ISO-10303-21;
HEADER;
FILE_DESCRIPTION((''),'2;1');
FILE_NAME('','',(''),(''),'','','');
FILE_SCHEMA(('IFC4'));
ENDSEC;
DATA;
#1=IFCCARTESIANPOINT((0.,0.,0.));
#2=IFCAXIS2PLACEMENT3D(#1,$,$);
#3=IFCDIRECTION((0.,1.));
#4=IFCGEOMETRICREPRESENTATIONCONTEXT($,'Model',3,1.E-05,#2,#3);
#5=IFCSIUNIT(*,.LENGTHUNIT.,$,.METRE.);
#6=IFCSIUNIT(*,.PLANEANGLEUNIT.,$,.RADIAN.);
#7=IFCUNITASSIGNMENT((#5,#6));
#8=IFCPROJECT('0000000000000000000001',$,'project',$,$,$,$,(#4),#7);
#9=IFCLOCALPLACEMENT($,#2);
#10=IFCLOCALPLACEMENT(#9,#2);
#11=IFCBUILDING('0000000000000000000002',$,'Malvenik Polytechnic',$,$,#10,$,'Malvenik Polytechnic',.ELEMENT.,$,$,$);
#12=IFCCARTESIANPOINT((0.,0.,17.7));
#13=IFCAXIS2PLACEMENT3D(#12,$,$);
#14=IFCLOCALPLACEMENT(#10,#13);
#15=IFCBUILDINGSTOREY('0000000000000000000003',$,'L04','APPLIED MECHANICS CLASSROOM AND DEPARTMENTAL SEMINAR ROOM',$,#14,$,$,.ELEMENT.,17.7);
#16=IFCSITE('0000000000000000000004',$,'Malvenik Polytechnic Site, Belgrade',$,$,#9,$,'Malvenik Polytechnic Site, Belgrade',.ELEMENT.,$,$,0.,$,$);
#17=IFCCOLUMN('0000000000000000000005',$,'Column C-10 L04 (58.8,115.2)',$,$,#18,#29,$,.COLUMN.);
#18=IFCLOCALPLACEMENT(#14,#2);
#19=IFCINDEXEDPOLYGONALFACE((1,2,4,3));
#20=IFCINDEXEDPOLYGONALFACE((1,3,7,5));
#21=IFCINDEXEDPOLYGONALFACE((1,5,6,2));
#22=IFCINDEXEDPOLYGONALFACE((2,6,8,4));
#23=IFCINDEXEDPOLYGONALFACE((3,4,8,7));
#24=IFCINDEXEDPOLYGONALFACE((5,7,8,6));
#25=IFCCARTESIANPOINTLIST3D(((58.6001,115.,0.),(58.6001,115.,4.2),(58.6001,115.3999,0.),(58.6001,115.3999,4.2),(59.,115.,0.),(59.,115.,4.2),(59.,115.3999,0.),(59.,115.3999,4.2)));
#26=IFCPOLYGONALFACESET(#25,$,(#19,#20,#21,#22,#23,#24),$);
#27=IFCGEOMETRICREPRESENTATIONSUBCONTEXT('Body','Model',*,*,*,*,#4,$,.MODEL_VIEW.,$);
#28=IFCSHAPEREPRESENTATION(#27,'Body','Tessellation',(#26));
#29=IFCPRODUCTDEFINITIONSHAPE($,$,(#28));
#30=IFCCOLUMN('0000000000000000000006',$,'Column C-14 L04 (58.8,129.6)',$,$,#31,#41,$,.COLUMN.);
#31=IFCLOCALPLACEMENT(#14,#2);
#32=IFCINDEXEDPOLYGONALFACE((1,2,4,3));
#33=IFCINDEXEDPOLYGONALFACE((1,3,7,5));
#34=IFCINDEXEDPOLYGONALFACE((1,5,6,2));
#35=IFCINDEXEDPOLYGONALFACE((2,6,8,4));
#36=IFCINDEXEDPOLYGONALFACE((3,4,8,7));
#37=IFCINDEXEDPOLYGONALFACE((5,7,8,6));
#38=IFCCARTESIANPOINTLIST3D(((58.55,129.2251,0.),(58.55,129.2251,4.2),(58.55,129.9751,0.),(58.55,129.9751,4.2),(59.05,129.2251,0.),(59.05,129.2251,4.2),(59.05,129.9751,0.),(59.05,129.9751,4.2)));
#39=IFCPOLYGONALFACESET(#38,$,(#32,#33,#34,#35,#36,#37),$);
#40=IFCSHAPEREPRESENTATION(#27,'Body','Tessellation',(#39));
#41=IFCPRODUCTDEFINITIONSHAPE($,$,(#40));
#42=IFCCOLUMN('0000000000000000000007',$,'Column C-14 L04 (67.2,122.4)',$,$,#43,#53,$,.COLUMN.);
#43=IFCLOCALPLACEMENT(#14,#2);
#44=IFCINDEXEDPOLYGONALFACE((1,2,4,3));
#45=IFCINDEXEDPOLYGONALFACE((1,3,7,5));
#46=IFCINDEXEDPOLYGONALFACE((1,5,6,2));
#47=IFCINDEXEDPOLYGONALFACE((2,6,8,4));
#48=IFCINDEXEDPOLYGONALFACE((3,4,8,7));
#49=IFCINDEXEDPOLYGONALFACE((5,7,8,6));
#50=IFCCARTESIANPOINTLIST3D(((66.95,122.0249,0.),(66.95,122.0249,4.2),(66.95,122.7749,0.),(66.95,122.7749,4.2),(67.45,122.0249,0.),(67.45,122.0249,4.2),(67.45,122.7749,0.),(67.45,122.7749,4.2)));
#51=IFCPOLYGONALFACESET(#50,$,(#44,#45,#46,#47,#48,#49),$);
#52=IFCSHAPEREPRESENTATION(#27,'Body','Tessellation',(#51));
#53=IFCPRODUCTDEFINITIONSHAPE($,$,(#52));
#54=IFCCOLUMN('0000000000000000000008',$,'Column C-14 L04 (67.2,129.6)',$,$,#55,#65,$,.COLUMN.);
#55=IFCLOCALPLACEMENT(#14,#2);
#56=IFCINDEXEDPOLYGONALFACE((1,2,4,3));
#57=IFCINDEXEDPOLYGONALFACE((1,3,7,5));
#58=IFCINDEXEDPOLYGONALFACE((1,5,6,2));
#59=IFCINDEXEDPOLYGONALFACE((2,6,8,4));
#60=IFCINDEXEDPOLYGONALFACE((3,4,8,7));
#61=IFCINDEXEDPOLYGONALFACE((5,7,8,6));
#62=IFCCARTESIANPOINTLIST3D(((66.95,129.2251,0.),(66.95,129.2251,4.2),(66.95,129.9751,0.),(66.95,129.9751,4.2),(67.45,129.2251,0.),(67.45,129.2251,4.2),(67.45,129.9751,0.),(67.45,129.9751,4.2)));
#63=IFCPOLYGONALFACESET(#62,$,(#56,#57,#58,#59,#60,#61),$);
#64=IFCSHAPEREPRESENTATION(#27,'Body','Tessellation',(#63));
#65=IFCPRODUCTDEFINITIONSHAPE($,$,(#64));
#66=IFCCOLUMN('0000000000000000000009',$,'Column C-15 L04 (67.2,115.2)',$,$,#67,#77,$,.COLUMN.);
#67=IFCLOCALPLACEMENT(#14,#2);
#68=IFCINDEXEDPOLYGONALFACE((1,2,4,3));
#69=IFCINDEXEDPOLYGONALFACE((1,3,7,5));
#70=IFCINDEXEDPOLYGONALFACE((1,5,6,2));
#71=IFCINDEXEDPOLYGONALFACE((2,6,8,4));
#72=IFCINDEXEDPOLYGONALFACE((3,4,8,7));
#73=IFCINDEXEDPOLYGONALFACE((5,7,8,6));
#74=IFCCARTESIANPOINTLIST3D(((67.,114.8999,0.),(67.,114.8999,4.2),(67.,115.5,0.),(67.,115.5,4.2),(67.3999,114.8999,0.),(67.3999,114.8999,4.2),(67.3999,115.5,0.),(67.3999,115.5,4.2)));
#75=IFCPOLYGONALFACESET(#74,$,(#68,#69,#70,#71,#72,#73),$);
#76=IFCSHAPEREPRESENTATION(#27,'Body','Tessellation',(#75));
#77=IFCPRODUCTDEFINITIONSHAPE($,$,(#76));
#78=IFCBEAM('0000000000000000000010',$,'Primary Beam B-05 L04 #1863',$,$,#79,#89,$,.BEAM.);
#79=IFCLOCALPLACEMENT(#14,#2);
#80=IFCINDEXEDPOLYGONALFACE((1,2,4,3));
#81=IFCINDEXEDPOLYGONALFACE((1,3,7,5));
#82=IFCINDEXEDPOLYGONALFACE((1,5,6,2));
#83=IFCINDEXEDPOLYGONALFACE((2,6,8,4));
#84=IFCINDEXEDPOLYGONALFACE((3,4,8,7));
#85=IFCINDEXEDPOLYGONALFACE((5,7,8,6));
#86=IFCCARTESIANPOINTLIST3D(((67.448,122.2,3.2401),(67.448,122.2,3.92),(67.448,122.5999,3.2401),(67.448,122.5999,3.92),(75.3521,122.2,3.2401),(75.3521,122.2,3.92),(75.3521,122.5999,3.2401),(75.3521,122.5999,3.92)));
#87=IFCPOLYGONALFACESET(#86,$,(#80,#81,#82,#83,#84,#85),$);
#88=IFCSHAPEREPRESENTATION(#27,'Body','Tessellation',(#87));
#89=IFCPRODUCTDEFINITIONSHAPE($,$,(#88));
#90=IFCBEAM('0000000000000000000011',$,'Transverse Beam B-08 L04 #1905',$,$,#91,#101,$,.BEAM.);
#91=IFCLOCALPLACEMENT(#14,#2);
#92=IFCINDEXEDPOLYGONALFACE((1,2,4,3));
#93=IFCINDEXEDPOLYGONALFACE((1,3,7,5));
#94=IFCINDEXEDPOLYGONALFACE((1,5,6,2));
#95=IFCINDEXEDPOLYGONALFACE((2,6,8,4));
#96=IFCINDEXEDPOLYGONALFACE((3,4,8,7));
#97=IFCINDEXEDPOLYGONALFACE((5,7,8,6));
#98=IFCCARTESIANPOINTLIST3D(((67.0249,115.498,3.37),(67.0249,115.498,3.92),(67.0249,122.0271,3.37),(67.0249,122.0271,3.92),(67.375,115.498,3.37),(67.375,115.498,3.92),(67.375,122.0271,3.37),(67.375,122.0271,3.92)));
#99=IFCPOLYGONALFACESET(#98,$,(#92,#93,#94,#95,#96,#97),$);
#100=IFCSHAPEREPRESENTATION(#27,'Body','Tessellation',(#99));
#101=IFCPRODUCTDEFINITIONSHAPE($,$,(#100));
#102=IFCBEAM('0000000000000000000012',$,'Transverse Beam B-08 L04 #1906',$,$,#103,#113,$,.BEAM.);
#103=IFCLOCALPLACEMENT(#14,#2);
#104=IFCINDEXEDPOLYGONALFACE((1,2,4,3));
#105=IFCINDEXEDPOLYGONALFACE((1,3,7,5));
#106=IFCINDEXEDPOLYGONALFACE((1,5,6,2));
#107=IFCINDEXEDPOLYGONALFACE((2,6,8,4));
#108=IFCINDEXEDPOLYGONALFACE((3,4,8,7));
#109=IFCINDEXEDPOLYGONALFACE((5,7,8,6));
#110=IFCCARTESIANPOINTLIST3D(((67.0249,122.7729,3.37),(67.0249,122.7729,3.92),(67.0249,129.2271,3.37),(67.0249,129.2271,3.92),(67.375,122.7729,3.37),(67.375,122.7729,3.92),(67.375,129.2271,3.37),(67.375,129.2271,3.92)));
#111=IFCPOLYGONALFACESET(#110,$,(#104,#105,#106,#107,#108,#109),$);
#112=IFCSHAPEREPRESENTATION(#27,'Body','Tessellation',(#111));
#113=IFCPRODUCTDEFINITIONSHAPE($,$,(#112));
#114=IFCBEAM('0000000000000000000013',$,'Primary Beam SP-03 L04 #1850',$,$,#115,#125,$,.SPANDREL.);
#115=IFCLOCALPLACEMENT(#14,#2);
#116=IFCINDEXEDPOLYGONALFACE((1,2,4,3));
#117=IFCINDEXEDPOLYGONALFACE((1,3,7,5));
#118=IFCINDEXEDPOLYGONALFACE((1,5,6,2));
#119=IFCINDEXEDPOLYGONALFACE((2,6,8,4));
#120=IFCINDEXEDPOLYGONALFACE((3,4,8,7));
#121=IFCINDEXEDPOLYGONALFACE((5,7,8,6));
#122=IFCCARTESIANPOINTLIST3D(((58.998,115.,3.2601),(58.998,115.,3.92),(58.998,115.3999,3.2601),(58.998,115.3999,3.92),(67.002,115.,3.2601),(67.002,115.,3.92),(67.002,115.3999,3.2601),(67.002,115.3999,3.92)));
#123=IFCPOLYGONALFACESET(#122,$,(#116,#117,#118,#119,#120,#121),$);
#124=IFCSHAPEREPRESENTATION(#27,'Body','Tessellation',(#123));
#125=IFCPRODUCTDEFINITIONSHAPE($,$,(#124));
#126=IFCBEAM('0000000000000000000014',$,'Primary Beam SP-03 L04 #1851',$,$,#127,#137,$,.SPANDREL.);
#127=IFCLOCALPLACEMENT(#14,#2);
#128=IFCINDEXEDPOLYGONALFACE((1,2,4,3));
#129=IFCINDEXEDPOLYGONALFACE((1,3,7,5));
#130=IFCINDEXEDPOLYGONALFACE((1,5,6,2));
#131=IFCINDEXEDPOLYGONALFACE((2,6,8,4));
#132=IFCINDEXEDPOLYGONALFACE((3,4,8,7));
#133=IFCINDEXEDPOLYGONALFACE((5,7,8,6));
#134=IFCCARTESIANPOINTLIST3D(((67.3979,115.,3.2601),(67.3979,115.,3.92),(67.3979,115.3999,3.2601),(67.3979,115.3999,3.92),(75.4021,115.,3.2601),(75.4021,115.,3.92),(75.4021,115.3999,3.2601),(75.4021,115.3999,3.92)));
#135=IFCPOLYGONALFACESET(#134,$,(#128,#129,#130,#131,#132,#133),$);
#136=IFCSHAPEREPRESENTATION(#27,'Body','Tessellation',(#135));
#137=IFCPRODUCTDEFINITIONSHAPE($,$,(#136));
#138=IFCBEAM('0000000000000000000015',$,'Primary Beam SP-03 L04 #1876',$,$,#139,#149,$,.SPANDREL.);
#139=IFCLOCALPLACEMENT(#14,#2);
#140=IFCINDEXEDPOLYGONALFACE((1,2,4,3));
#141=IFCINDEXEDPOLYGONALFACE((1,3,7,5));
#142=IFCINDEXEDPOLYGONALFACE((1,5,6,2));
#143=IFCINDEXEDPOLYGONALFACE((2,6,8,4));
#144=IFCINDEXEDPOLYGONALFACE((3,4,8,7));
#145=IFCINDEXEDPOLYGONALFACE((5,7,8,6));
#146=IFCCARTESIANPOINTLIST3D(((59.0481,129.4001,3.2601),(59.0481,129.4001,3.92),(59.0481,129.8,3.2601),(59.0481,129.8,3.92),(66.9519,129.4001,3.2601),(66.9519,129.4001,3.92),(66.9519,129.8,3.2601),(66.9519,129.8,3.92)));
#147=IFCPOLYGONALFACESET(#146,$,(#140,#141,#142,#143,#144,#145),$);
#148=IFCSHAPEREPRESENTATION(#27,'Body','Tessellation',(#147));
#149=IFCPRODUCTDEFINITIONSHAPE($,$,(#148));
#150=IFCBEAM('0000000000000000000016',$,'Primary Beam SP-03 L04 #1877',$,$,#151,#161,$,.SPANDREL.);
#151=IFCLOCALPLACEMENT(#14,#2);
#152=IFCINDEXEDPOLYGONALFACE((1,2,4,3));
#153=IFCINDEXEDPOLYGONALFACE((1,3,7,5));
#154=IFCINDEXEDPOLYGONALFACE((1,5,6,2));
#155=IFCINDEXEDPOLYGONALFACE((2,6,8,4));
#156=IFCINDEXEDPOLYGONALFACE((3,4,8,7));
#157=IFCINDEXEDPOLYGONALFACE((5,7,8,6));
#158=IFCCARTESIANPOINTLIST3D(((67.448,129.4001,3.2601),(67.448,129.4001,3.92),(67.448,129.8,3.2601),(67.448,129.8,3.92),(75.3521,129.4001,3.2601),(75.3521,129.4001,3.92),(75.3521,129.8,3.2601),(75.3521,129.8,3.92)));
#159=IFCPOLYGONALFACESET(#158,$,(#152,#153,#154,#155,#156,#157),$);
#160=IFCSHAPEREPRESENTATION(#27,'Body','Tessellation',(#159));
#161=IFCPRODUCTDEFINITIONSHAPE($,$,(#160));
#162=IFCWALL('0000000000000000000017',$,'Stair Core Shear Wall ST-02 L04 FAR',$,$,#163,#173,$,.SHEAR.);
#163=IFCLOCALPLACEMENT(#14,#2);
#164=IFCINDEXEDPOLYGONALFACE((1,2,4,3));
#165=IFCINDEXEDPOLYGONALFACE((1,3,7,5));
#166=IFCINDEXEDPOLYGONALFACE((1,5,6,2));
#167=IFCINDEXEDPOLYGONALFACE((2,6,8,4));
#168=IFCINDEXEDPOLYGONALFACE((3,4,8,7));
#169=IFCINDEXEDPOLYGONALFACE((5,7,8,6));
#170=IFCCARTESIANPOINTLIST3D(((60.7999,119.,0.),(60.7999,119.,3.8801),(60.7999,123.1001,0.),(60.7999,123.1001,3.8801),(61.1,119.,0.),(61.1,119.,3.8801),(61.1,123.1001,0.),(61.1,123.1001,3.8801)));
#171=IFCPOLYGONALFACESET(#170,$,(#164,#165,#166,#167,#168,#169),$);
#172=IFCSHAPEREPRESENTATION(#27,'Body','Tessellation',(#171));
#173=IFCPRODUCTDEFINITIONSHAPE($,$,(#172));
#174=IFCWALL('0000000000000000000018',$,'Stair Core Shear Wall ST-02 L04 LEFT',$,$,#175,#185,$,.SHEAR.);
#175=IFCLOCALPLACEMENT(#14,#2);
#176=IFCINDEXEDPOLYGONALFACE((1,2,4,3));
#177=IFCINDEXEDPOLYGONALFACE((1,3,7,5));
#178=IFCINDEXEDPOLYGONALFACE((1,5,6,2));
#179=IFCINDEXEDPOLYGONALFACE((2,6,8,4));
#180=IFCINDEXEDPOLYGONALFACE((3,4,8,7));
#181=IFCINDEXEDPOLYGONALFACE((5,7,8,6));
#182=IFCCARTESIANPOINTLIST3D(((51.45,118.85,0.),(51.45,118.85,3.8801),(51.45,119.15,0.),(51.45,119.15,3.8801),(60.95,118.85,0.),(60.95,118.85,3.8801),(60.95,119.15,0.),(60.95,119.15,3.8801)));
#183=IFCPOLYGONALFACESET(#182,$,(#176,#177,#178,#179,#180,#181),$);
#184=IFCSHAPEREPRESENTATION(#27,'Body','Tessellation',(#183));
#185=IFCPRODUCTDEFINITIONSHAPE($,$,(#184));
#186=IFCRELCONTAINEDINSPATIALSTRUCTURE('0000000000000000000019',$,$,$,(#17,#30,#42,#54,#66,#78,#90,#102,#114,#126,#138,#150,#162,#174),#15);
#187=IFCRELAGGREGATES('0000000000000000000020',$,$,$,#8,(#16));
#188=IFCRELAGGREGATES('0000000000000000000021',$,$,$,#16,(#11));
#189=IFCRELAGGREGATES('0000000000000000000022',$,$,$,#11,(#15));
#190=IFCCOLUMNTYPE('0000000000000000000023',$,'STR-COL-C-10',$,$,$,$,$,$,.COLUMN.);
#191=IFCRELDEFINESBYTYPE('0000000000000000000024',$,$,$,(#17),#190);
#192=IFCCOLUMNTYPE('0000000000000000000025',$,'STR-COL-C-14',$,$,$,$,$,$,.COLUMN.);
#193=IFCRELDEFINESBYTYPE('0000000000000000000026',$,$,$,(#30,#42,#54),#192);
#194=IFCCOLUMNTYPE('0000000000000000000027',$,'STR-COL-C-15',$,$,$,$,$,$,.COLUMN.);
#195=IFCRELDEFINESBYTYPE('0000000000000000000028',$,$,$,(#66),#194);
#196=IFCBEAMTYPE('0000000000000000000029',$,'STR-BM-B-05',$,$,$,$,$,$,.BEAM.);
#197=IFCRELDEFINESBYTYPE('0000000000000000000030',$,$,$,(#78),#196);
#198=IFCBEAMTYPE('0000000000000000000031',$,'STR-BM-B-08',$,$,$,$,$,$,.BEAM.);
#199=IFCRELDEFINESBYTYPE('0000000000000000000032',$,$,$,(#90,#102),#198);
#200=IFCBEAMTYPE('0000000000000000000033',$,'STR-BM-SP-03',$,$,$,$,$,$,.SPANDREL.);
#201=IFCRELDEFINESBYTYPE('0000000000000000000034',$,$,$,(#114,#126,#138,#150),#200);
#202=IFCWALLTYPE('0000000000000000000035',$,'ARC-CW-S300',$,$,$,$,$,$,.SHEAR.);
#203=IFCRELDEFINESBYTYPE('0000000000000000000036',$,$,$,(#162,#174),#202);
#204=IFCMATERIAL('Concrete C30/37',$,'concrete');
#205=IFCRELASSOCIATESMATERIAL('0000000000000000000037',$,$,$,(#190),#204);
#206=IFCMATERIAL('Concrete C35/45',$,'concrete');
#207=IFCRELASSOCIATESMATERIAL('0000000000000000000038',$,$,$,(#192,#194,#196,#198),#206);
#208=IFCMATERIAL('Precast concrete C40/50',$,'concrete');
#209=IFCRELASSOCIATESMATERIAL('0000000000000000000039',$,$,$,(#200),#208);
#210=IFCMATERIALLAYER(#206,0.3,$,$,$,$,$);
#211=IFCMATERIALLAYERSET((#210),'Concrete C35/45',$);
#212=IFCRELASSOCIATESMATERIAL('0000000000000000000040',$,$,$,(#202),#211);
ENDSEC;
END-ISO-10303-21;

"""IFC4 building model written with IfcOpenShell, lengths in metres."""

from ifc_helpers import new_model, si_unit, direction, frame, frame_2d, origin, origin_2d, place, context, subcontext, project, spatial, rectangle, extrude, material, layer, layer_set, material_profile, profile_set, type_object, element, save


model = new_model("IFC4")

# Units and contexts
model_context = context("Model", 3, precision=1e-05, world=origin(), true_north=direction((0.0, 1.0)))
body_context = subcontext(model_context, "Body", "Model", "MODEL_VIEW")
ifc_project = project(units=[si_unit("LENGTHUNIT", "METRE"), si_unit("PLANEANGLEUNIT", "RADIAN")], contexts=[model_context])

# Site, building, storey
site_placement = place(None, origin())
site = spatial("IfcSite", under=ifc_project, at=site_placement, Name="Malvenik Polytechnic Site, Belgrade", LongName="Malvenik Polytechnic Site, Belgrade", CompositionType="ELEMENT", RefElevation=0.0)
building_placement = place(site_placement, origin())
building = spatial("IfcBuilding", under=site, at=building_placement, Name="Malvenik Polytechnic", LongName="Malvenik Polytechnic", CompositionType="ELEMENT")
storey_placement = place(building_placement, frame((0.0, 0.0, 17.7)))
storey = spatial("IfcBuildingStorey", under=building, at=storey_placement, Name="L04", Description="APPLIED MECHANICS CLASSROOM AND DEPARTMENTAL SEMINAR ROOM", CompositionType="ELEMENT", Elevation=17.7)

# Columns
ifc_material_1 = material(Name="Concrete C30/37", Category="concrete")
ifc_material_profile_1 = material_profile(ifc_material_1, rectangle(XDim=0.3999, YDim=0.3999, at=origin_2d()), Name="RC COL 400x400")
ifc_profile_set_1 = profile_set([ifc_material_profile_1], Name="Concrete C30/37")
column_type_1 = type_object("IfcColumnType", Name="STR-COL-C-10", PredefinedType="COLUMN", material=ifc_profile_set_1)
column_1_placement = place(storey_placement, frame((58.8, 115.2, 0.0), z_axis=(0.0, 0.0, 1.0), x_axis=(1.0, 0.0, 0.0)))
element("IfcColumn", 1, at=column_1_placement, inside=storey, type_object=column_type_1, Name="Column C-10 L04 (58.8,115.2)", PredefinedType="COLUMN", context=body_context, shape_type="SweptSolid", body=[
    extrude(rectangle(XDim=0.3999, YDim=0.3999, at=origin_2d()), origin(), (0.0, 0.0, 1.0), 4.2),
])
ifc_material_2 = material(Name="Concrete C35/45", Category="concrete")
ifc_material_profile_2 = material_profile(ifc_material_2, rectangle(XDim=0.5, YDim=0.75, at=origin_2d()), Name="RC COL 750x500")
ifc_profile_set_2 = profile_set([ifc_material_profile_2], Name="Concrete C35/45")
column_type_2 = type_object("IfcColumnType", Name="STR-COL-C-14", PredefinedType="COLUMN", material=ifc_profile_set_2)
for number, where, z_axis, x_axis, name in (
    (2, (58.8, 129.6001, 0.0), (0.0, 0.0, 1.0), (1.0, 0.0, 0.0), "Column C-14 L04 (58.8,129.6)"),
    (3, (67.2, 122.3999, 0.0), (0.0, 0.0, 1.0), (1.0, 0.0, 0.0), "Column C-14 L04 (67.2,122.4)"),
    (4, (67.2, 129.6001, 0.0), (0.0, 0.0, 1.0), (1.0, 0.0, 0.0), "Column C-14 L04 (67.2,129.6)"),
):
    element("IfcColumn", number, at=place(storey_placement, frame(where, z_axis=z_axis, x_axis=x_axis)), inside=storey, type_object=column_type_2, Name=name, PredefinedType="COLUMN", context=body_context, shape_type="SweptSolid", body=[
        extrude(rectangle(XDim=0.5, YDim=0.75, at=origin_2d()), origin(), (0.0, 0.0, 1.0), 4.2),
    ])
ifc_material_profile_3 = material_profile(ifc_material_2, rectangle(XDim=0.3999, YDim=0.6001, at=origin_2d()), Name="RC COL 600x400")
ifc_profile_set_3 = profile_set([ifc_material_profile_3], Name="Concrete C35/45")
column_type_3 = type_object("IfcColumnType", Name="STR-COL-C-15", PredefinedType="COLUMN", material=ifc_profile_set_3)
column_2_placement = place(storey_placement, frame((67.2, 115.2, 0.0), z_axis=(0.0, 0.0, 1.0), x_axis=(1.0, 0.0, 0.0)))
element("IfcColumn", 5, at=column_2_placement, inside=storey, type_object=column_type_3, Name="Column C-15 L04 (67.2,115.2)", PredefinedType="COLUMN", context=body_context, shape_type="SweptSolid", body=[
    extrude(rectangle(XDim=0.3999, YDim=0.6001, at=origin_2d()), origin(), (0.0, 0.0, 1.0), 4.2),
])

# Beams
ifc_material_profile_4 = material_profile(ifc_material_2, rectangle(XDim=0.3999, YDim=0.6799, at=origin_2d()), Name="RC BM 400x680")
ifc_profile_set_4 = profile_set([ifc_material_profile_4], Name="Concrete C35/45")
beam_type_1 = type_object("IfcBeamType", Name="STR-BM-B-05", PredefinedType="BEAM", material=ifc_profile_set_4)
beam_1_placement = place(storey_placement, frame((67.448, 122.3999, 3.5801), z_axis=(1.0, 0.0, 0.0), x_axis=(0.0, 1.0, 0.0)))
element("IfcBeam", 6, at=beam_1_placement, inside=storey, type_object=beam_type_1, Name="Primary Beam B-05 L04 #1863", PredefinedType="BEAM", context=body_context, shape_type="SweptSolid", body=[
    extrude(rectangle(XDim=0.3999, YDim=0.6799, at=origin_2d()), origin(), (0.0, 0.0, 1.0), 7.9041),
])
ifc_material_profile_5 = material_profile(ifc_material_2, rectangle(XDim=0.3501, YDim=0.55, at=origin_2d()), Name="RC BM 350x550")
ifc_profile_set_5 = profile_set([ifc_material_profile_5], Name="Concrete C35/45")
beam_type_2 = type_object("IfcBeamType", Name="STR-BM-B-08", PredefinedType="BEAM", material=ifc_profile_set_5)
beam_2_placement = place(storey_placement, frame((67.2, 115.498, 3.645), z_axis=(0.0, 1.0, 0.0), x_axis=(-1.0, 0.0, 0.0)))
element("IfcBeam", 7, at=beam_2_placement, inside=storey, type_object=beam_type_2, Name="Transverse Beam B-08 L04 #1905", PredefinedType="BEAM", context=body_context, shape_type="SweptSolid", body=[
    extrude(rectangle(XDim=0.3501, YDim=0.55, at=origin_2d()), origin(), (0.0, 0.0, 1.0), 6.5291),
])
beam_3_placement = place(storey_placement, frame((67.2, 122.7729, 3.645), z_axis=(0.0, 1.0, 0.0), x_axis=(-1.0, 0.0, 0.0)))
element("IfcBeam", 8, at=beam_3_placement, inside=storey, type_object=beam_type_2, Name="Transverse Beam B-08 L04 #1906", PredefinedType="BEAM", context=body_context, shape_type="SweptSolid", body=[
    extrude(rectangle(XDim=0.3501, YDim=0.55, at=origin_2d()), origin(), (0.0, 0.0, 1.0), 6.4541),
])
ifc_material_3 = material(Name="Precast concrete C40/50", Category="concrete")
ifc_material_profile_6 = material_profile(ifc_material_3, rectangle(XDim=0.3999, YDim=0.6599, at=origin_2d()), Name="PC SPN 400x660")
ifc_profile_set_6 = profile_set([ifc_material_profile_6], Name="Precast concrete C40/50")
beam_type_3 = type_object("IfcBeamType", Name="STR-BM-SP-03", PredefinedType="SPANDREL", material=ifc_profile_set_6)
beam_4_placement = place(storey_placement, frame((58.998, 115.2, 3.5901), z_axis=(1.0, 0.0, 0.0), x_axis=(0.0, 1.0, 0.0)))
element("IfcBeam", 9, at=beam_4_placement, inside=storey, type_object=beam_type_3, Name="Primary Beam SP-03 L04 #1850", PredefinedType="SPANDREL", context=body_context, shape_type="SweptSolid", body=[
    extrude(rectangle(XDim=0.3999, YDim=0.6599, at=origin_2d()), origin(), (0.0, 0.0, 1.0), 8.0039),
])
beam_5_placement = place(storey_placement, frame((67.3979, 115.2, 3.5901), z_axis=(1.0, 0.0, 0.0), x_axis=(0.0, 1.0, 0.0)))
element("IfcBeam", 10, at=beam_5_placement, inside=storey, type_object=beam_type_3, Name="Primary Beam SP-03 L04 #1851", PredefinedType="SPANDREL", context=body_context, shape_type="SweptSolid", body=[
    extrude(rectangle(XDim=0.3999, YDim=0.6599, at=origin_2d()), origin(), (0.0, 0.0, 1.0), 8.0042),
])
beam_6_placement = place(storey_placement, frame((59.0481, 129.6001, 3.5901), z_axis=(1.0, 0.0, 0.0), x_axis=(0.0, 1.0, 0.0)))
element("IfcBeam", 11, at=beam_6_placement, inside=storey, type_object=beam_type_3, Name="Primary Beam SP-03 L04 #1876", PredefinedType="SPANDREL", context=body_context, shape_type="SweptSolid", body=[
    extrude(rectangle(XDim=0.3999, YDim=0.6599, at=origin_2d()), origin(), (0.0, 0.0, 1.0), 7.9038),
])
beam_7_placement = place(storey_placement, frame((67.448, 129.6001, 3.5901), z_axis=(1.0, 0.0, 0.0), x_axis=(0.0, 1.0, 0.0)))
element("IfcBeam", 12, at=beam_7_placement, inside=storey, type_object=beam_type_3, Name="Primary Beam SP-03 L04 #1877", PredefinedType="SPANDREL", context=body_context, shape_type="SweptSolid", body=[
    extrude(rectangle(XDim=0.3999, YDim=0.6599, at=origin_2d()), origin(), (0.0, 0.0, 1.0), 7.9041),
])

# Walls
ifc_layer_1 = layer(ifc_material_2, 0.3)
ifc_layer_set_1 = layer_set([ifc_layer_1], Name="Concrete C35/45")
wall_type_1 = type_object("IfcWallType", Name="ARC-CW-S300", PredefinedType="SHEAR", material=ifc_layer_set_1)
wall_1_placement = place(storey_placement, frame((60.95, 123.1001, 0.0), z_axis=(0.0, 0.0, 1.0), x_axis=(0.0, -1.0, 0.0)))
element("IfcWall", 13, at=wall_1_placement, inside=storey, type_object=wall_type_1, Name="Stair Core Shear Wall ST-02 L04 FAR", PredefinedType="SHEAR", context=body_context, shape_type="SweptSolid", body=[
    extrude(rectangle(XDim=4.1001, YDim=0.3, at=frame_2d((2.05, 0.0))), origin(), (0.0, 0.0, 1.0), 3.8801),
])
wall_2_placement = place(storey_placement, frame((60.95, 119.0, 0.0), z_axis=(0.0, 0.0, 1.0), x_axis=(-1.0, 0.0, 0.0)))
element("IfcWall", 14, at=wall_2_placement, inside=storey, type_object=wall_type_1, Name="Stair Core Shear Wall ST-02 L04 LEFT", PredefinedType="SHEAR", context=body_context, shape_type="SweptSolid", body=[
    extrude(rectangle(XDim=9.5, YDim=0.3, at=frame_2d((4.75, 0.0))), origin(), (0.0, 0.0, 1.0), 3.8801),
])

save(model, "model.ifc")
